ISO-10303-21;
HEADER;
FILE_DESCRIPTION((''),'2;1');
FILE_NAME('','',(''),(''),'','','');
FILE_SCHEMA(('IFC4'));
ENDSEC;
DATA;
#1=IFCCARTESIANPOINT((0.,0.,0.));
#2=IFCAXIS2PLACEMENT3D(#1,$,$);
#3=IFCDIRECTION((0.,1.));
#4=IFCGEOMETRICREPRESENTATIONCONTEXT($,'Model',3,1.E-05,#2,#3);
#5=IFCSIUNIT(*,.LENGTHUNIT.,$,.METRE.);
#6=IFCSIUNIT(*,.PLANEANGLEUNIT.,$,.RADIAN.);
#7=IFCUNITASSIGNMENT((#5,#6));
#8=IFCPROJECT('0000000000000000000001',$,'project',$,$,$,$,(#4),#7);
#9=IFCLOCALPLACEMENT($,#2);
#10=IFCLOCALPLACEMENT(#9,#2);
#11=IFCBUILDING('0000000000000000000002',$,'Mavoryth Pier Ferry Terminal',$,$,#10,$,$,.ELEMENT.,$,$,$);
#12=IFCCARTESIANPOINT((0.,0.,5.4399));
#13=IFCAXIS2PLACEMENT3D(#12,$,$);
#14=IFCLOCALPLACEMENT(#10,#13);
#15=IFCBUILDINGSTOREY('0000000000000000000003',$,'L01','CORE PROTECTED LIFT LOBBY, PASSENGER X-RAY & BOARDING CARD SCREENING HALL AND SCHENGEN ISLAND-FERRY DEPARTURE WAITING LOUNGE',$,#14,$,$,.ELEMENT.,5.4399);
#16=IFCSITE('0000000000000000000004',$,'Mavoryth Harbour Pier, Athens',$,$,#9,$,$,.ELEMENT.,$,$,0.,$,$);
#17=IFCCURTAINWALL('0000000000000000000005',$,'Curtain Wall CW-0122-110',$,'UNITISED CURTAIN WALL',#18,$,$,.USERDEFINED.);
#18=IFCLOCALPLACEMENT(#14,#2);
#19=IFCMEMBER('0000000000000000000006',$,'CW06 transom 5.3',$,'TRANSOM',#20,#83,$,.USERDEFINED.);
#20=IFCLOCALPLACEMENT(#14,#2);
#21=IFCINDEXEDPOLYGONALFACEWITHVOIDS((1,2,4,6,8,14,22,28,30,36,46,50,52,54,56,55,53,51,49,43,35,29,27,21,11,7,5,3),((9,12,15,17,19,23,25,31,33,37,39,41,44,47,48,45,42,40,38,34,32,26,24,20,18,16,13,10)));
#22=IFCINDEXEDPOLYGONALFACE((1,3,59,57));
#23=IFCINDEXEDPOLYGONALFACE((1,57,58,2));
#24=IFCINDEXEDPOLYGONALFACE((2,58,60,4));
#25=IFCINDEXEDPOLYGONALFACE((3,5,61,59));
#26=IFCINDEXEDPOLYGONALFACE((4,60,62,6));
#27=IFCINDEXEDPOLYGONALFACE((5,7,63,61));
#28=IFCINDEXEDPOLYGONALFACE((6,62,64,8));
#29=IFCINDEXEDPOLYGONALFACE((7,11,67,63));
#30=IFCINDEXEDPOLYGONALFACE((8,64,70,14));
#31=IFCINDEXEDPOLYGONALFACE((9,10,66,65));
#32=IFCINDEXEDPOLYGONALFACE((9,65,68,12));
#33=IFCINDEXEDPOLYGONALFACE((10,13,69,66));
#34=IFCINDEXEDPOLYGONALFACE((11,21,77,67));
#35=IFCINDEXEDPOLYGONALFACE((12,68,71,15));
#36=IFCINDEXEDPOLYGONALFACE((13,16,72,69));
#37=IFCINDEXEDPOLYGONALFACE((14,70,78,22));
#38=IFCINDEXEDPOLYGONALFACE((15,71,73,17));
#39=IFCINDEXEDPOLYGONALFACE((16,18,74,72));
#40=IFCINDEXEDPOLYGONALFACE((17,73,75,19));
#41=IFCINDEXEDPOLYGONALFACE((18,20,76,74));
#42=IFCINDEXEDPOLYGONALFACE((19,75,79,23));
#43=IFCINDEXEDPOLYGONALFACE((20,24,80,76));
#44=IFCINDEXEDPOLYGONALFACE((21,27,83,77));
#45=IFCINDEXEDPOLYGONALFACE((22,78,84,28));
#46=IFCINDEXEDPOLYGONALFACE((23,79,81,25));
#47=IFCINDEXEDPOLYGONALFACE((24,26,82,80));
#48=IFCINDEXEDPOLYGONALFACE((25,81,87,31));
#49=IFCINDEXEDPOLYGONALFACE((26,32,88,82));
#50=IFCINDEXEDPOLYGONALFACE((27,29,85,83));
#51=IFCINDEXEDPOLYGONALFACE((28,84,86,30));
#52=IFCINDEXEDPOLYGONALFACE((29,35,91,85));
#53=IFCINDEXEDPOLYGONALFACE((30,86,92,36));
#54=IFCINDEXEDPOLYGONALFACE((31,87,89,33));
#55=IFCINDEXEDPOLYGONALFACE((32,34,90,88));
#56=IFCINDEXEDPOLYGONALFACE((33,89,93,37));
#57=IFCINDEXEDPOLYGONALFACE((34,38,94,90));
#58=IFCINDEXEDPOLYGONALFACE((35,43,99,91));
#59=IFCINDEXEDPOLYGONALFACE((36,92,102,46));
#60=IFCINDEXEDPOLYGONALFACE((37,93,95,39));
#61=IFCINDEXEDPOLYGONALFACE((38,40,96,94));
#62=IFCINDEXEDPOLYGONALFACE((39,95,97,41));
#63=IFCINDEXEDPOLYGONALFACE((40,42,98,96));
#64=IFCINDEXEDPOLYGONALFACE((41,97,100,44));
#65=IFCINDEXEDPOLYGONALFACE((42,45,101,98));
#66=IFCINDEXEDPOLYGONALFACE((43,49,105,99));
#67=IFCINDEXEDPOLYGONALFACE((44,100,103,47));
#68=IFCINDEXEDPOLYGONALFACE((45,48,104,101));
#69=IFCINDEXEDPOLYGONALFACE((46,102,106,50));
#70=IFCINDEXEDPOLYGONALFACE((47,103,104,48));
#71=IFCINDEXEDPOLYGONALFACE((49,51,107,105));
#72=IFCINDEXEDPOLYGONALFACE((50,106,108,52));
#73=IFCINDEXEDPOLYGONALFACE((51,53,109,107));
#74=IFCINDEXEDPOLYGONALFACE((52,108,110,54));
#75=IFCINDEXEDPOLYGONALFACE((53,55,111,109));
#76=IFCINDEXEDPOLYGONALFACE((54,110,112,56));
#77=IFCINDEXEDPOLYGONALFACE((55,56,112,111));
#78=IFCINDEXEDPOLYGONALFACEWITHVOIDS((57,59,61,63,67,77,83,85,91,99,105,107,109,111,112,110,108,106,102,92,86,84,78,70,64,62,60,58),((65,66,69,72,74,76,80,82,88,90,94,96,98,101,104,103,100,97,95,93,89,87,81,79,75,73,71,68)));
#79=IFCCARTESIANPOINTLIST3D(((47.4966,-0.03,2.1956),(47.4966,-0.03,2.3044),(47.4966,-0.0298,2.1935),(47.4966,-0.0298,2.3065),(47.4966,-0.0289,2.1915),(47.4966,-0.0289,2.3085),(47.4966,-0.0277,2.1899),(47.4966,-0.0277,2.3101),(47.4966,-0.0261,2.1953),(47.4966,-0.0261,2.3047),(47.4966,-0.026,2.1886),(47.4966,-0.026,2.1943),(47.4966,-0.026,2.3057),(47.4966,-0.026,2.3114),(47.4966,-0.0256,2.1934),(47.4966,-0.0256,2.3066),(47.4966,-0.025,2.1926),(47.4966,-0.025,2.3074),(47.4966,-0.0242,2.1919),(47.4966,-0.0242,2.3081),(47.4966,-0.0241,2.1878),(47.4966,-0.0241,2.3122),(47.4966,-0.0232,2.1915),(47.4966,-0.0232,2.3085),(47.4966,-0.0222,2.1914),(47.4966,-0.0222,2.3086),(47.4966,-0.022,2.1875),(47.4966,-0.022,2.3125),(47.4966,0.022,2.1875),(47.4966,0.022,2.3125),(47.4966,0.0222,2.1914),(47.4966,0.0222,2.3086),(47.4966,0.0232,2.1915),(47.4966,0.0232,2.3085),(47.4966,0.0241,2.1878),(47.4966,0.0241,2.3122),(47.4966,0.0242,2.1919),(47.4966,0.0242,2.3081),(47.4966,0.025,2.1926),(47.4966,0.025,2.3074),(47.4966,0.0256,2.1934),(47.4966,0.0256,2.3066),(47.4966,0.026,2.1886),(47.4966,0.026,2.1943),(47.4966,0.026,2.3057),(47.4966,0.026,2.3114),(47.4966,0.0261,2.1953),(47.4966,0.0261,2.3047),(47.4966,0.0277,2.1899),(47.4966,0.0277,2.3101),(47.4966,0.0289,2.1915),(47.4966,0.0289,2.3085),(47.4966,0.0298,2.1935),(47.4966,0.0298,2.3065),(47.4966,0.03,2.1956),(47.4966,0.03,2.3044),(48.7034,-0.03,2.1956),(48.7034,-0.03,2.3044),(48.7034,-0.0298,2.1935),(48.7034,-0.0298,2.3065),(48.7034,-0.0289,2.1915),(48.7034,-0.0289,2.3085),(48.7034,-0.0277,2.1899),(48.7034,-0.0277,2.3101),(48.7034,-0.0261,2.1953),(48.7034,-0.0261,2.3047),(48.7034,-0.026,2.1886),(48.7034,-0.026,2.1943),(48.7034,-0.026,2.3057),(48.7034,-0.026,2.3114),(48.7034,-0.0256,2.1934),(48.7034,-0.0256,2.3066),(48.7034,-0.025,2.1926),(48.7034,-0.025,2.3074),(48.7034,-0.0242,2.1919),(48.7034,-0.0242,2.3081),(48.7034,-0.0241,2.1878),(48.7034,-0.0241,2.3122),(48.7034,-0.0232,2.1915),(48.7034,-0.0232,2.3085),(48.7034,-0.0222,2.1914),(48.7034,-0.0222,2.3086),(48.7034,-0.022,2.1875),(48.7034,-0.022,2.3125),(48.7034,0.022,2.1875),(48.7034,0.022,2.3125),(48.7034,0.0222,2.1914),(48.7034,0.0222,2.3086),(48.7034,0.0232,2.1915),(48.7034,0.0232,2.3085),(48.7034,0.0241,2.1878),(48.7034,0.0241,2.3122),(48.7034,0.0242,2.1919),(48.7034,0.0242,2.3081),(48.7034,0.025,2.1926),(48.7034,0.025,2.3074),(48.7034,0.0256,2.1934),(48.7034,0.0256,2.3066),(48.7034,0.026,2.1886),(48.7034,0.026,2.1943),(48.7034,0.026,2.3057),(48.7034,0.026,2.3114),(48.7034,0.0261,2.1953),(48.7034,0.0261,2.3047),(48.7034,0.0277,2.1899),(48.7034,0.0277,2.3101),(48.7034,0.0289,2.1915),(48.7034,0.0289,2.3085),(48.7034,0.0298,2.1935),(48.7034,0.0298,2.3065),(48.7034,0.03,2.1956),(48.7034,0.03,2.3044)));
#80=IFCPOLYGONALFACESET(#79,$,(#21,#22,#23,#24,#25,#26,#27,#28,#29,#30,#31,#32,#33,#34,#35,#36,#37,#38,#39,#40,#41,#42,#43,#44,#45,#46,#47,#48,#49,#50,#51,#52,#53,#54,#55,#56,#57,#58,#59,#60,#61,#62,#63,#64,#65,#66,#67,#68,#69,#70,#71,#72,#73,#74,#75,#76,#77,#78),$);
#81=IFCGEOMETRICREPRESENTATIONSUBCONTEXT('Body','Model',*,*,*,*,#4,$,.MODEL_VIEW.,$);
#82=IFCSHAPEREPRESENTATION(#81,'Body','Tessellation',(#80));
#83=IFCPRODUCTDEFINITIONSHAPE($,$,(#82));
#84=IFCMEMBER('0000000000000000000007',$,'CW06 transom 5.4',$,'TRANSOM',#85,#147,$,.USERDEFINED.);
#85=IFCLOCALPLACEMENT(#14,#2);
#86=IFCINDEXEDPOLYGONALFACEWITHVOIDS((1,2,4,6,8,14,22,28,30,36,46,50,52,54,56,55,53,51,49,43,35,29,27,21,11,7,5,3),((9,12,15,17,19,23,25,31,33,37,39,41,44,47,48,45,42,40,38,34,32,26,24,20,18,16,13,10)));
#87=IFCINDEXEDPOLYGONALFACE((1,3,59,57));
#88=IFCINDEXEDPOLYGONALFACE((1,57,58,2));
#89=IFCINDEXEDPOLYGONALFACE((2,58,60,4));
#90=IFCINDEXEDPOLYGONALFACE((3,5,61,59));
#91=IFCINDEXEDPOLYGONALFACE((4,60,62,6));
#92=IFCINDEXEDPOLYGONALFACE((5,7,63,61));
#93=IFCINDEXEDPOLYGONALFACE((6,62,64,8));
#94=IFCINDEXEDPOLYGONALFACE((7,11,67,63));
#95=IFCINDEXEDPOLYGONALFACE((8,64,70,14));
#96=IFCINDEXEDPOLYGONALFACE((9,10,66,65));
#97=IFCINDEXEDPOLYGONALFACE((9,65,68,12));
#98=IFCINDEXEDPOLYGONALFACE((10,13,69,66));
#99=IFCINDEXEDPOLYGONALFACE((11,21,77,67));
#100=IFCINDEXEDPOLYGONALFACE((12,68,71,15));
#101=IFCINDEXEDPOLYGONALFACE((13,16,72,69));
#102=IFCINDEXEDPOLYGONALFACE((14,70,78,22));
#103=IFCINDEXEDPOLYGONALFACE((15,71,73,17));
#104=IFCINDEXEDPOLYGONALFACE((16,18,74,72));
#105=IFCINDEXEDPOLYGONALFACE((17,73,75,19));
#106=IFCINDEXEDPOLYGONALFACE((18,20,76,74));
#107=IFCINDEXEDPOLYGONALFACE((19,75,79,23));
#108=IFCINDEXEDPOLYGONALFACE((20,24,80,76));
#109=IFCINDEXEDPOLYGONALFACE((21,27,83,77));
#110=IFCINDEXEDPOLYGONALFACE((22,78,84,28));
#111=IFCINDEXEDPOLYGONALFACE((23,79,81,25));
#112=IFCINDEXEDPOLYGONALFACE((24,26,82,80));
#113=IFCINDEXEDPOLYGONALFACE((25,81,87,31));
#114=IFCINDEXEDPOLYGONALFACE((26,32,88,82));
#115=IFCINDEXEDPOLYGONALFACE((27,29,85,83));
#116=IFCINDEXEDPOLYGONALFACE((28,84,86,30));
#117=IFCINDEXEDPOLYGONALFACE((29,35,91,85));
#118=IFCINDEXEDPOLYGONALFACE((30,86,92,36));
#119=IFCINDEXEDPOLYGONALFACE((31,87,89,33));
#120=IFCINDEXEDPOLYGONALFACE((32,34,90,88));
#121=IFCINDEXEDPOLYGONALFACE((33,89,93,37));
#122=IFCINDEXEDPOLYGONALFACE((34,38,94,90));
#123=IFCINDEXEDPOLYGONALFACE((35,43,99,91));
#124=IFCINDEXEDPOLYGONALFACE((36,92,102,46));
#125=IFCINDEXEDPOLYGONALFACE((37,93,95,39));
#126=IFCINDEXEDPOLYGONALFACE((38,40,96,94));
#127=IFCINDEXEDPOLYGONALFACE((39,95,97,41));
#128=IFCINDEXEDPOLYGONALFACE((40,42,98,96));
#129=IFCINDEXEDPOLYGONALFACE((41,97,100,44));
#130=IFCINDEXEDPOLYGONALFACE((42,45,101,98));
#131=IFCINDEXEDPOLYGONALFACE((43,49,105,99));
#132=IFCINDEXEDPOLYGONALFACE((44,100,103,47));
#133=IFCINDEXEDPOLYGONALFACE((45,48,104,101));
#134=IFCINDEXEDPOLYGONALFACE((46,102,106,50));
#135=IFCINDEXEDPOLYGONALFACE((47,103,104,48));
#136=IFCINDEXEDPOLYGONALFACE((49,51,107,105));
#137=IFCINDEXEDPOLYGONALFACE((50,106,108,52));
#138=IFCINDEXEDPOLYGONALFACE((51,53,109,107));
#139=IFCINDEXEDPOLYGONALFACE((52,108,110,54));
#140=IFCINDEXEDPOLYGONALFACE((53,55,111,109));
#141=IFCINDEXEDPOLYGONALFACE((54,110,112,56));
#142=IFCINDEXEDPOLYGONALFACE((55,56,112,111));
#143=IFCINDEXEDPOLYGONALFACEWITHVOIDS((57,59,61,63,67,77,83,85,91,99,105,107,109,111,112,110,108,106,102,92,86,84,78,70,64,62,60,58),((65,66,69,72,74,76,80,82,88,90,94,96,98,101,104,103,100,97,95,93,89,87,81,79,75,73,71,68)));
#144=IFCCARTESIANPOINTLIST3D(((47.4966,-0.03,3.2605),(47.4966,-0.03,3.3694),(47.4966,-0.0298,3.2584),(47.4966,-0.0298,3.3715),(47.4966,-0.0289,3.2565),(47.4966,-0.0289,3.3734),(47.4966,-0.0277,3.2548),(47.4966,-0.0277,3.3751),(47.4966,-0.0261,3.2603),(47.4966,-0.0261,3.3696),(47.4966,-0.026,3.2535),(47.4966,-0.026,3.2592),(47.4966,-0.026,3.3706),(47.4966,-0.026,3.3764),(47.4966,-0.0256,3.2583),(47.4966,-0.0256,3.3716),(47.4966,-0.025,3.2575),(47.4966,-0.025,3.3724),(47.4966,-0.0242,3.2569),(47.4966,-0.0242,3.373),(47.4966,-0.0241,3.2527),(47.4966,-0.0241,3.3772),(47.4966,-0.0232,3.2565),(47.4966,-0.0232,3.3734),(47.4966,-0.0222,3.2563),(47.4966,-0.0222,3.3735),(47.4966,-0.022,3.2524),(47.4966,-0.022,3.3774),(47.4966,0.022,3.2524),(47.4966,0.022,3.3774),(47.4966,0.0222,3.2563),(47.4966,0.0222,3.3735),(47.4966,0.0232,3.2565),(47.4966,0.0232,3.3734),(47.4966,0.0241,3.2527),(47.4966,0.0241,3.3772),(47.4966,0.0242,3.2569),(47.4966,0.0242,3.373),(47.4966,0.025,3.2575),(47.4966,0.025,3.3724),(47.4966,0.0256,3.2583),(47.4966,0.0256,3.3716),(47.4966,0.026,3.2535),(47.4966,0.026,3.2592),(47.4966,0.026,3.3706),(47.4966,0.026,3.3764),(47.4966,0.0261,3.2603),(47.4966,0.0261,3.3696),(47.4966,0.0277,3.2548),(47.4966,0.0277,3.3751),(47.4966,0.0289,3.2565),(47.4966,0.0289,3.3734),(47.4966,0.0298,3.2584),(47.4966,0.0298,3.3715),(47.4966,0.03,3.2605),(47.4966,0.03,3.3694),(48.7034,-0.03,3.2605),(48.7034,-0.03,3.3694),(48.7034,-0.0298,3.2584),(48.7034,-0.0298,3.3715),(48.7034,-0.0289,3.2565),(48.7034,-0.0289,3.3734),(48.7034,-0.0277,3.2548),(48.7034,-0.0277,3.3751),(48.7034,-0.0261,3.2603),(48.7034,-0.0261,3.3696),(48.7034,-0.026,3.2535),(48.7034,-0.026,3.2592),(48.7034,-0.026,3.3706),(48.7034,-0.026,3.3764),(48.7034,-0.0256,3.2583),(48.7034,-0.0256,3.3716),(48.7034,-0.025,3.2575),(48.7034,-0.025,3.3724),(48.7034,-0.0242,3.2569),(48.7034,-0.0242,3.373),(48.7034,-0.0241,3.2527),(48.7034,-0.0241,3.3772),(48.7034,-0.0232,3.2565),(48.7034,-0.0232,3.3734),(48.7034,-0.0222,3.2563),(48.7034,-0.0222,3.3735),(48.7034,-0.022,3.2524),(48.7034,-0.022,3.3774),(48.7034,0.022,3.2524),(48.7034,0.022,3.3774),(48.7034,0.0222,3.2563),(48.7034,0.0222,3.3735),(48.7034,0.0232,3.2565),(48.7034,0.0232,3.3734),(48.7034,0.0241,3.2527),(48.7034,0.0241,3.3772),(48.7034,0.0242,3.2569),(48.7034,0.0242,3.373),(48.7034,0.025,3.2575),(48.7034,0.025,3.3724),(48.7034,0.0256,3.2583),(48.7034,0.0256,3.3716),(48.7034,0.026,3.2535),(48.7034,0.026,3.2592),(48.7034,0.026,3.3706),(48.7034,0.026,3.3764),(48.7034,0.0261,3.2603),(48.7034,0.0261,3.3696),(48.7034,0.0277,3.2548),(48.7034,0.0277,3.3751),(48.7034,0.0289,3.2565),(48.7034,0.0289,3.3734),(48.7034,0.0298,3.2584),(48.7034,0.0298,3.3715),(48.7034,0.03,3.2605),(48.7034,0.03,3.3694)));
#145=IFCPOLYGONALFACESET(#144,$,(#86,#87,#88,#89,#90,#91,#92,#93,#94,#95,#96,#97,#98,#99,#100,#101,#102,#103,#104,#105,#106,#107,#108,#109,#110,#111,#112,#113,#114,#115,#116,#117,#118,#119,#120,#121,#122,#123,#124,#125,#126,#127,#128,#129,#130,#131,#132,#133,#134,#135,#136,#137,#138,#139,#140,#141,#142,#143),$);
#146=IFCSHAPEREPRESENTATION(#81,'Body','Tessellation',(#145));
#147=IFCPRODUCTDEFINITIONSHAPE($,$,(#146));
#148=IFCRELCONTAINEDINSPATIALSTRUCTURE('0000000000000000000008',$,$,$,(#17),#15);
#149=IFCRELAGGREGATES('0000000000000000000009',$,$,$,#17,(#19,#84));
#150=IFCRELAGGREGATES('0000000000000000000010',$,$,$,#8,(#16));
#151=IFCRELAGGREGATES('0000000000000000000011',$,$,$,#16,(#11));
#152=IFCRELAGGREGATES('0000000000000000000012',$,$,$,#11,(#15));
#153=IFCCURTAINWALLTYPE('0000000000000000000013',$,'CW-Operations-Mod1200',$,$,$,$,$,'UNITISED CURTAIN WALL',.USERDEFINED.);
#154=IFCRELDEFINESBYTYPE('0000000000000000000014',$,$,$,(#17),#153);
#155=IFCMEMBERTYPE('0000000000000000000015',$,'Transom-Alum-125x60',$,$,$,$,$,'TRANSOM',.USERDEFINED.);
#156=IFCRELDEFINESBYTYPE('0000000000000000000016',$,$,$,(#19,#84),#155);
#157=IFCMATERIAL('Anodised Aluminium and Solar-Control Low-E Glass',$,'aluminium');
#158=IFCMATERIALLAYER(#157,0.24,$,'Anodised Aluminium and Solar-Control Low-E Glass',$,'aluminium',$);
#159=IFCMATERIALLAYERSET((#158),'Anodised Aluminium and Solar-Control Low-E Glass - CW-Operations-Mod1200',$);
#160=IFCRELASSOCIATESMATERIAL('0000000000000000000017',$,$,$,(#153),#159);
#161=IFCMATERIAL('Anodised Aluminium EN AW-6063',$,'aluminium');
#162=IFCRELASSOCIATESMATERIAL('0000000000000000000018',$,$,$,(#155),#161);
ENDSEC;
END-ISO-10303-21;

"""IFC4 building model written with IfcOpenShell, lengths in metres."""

from ifc_helpers import new_model, si_unit, direction, frame, origin, origin_2d, place, context, subcontext, project, spatial, hollow_rectangle, extrude, material, layer, layer_set, material_profile, profile_set, type_object, element, aggregate, save


model = new_model("IFC4")

# Units and contexts
model_context = context("Model", 3, precision=1e-05, world=origin(), true_north=direction((0.0, 1.0)))
body_context = subcontext(model_context, "Body", "Model", "MODEL_VIEW")
ifc_project = project(units=[si_unit("LENGTHUNIT", "METRE"), si_unit("PLANEANGLEUNIT", "RADIAN")], contexts=[model_context])

# Site, building, storey
site_placement = place(None, origin())
site = spatial("IfcSite", under=ifc_project, at=site_placement, Name="Mavoryth Harbour Pier, Athens", CompositionType="ELEMENT", RefElevation=0.0)
building_placement = place(site_placement, origin())
building = spatial("IfcBuilding", under=site, at=building_placement, Name="Mavoryth Pier Ferry Terminal", CompositionType="ELEMENT")
storey_placement = place(building_placement, frame((0.0, 0.0, 5.4399)))
storey = spatial("IfcBuildingStorey", under=building, at=storey_placement, Name="L01", Description="CORE PROTECTED LIFT LOBBY, PASSENGER X-RAY & BOARDING CARD SCREENING HALL AND SCHENGEN ISLAND-FERRY DEPARTURE WAITING LOUNGE", CompositionType="ELEMENT", Elevation=5.4399)

# Curtain wall
ifc_material_1 = material(Name="Anodised Aluminium and Solar-Control Low-E Glass", Category="aluminium")
ifc_layer_1 = layer(ifc_material_1, 0.24, Name="Anodised Aluminium and Solar-Control Low-E Glass", Category="aluminium")
ifc_layer_set_1 = layer_set([ifc_layer_1], Name="Anodised Aluminium and Solar-Control Low-E Glass - CW-Operations-Mod1200")
curtain_wall_type = type_object("IfcCurtainWallType", Name="CW-Operations-Mod1200", ElementType="UNITISED CURTAIN WALL", PredefinedType="USERDEFINED", material=ifc_layer_set_1)
curtain_wall_1_placement = place(storey_placement, origin())
curtain_wall_1 = element("IfcCurtainWall", 1, at=curtain_wall_1_placement, inside=storey, type_object=curtain_wall_type, Name="Curtain Wall CW-0122-110", ObjectType="UNITISED CURTAIN WALL", PredefinedType="USERDEFINED")
ifc_material_2 = material(Name="Anodised Aluminium EN AW-6063", Category="aluminium")

# Members
ifc_material_profile_1 = material_profile(ifc_material_2, hollow_rectangle(XDim=0.0601, YDim=0.125, WallThickness=0.0039, InnerFilletRadius=0.0039, OuterFilletRadius=0.0081, at=origin_2d()), Name="AL-TRAN 125x60x4", Category="aluminium")
ifc_profile_set_1 = profile_set([ifc_material_profile_1], Name="Anodised Aluminium EN AW-6063 - AL-TRAN 125x60x4")
member_type_1 = type_object("IfcMemberType", Name="Transom-Alum-125x60", ElementType="TRANSOM", PredefinedType="USERDEFINED", material=ifc_profile_set_1)
member_1_placement = place(storey_placement, frame((47.4966, 0.0, 2.25), z_axis=(1.0, 0.0, 0.0), x_axis=(0.0, 1.0, 0.0)))
member_1 = element("IfcMember", 2, at=member_1_placement, type_object=member_type_1, Name="CW06 transom 5.3", ObjectType="TRANSOM", PredefinedType="USERDEFINED", context=body_context, shape_type="SweptSolid", body=[
    extrude(hollow_rectangle(XDim=0.0601, YDim=0.125, WallThickness=0.0039, InnerFilletRadius=0.0039, OuterFilletRadius=0.0081, at=origin_2d()), origin(), (0.0, 0.0, 1.0), 1.2068),
])
member_2_placement = place(storey_placement, frame((47.4966, 0.0, 3.3149), z_axis=(1.0, 0.0, 0.0), x_axis=(0.0, 1.0, 0.0)))
member_2 = element("IfcMember", 3, at=member_2_placement, type_object=member_type_1, Name="CW06 transom 5.4", ObjectType="TRANSOM", PredefinedType="USERDEFINED", context=body_context, shape_type="SweptSolid", body=[
    extrude(hollow_rectangle(XDim=0.0601, YDim=0.125, WallThickness=0.0039, InnerFilletRadius=0.0039, OuterFilletRadius=0.0081, at=origin_2d()), origin(), (0.0, 0.0, 1.0), 1.2068),
])

aggregate(curtain_wall_1, [member_1, member_2])

save(model, "model.ifc")
